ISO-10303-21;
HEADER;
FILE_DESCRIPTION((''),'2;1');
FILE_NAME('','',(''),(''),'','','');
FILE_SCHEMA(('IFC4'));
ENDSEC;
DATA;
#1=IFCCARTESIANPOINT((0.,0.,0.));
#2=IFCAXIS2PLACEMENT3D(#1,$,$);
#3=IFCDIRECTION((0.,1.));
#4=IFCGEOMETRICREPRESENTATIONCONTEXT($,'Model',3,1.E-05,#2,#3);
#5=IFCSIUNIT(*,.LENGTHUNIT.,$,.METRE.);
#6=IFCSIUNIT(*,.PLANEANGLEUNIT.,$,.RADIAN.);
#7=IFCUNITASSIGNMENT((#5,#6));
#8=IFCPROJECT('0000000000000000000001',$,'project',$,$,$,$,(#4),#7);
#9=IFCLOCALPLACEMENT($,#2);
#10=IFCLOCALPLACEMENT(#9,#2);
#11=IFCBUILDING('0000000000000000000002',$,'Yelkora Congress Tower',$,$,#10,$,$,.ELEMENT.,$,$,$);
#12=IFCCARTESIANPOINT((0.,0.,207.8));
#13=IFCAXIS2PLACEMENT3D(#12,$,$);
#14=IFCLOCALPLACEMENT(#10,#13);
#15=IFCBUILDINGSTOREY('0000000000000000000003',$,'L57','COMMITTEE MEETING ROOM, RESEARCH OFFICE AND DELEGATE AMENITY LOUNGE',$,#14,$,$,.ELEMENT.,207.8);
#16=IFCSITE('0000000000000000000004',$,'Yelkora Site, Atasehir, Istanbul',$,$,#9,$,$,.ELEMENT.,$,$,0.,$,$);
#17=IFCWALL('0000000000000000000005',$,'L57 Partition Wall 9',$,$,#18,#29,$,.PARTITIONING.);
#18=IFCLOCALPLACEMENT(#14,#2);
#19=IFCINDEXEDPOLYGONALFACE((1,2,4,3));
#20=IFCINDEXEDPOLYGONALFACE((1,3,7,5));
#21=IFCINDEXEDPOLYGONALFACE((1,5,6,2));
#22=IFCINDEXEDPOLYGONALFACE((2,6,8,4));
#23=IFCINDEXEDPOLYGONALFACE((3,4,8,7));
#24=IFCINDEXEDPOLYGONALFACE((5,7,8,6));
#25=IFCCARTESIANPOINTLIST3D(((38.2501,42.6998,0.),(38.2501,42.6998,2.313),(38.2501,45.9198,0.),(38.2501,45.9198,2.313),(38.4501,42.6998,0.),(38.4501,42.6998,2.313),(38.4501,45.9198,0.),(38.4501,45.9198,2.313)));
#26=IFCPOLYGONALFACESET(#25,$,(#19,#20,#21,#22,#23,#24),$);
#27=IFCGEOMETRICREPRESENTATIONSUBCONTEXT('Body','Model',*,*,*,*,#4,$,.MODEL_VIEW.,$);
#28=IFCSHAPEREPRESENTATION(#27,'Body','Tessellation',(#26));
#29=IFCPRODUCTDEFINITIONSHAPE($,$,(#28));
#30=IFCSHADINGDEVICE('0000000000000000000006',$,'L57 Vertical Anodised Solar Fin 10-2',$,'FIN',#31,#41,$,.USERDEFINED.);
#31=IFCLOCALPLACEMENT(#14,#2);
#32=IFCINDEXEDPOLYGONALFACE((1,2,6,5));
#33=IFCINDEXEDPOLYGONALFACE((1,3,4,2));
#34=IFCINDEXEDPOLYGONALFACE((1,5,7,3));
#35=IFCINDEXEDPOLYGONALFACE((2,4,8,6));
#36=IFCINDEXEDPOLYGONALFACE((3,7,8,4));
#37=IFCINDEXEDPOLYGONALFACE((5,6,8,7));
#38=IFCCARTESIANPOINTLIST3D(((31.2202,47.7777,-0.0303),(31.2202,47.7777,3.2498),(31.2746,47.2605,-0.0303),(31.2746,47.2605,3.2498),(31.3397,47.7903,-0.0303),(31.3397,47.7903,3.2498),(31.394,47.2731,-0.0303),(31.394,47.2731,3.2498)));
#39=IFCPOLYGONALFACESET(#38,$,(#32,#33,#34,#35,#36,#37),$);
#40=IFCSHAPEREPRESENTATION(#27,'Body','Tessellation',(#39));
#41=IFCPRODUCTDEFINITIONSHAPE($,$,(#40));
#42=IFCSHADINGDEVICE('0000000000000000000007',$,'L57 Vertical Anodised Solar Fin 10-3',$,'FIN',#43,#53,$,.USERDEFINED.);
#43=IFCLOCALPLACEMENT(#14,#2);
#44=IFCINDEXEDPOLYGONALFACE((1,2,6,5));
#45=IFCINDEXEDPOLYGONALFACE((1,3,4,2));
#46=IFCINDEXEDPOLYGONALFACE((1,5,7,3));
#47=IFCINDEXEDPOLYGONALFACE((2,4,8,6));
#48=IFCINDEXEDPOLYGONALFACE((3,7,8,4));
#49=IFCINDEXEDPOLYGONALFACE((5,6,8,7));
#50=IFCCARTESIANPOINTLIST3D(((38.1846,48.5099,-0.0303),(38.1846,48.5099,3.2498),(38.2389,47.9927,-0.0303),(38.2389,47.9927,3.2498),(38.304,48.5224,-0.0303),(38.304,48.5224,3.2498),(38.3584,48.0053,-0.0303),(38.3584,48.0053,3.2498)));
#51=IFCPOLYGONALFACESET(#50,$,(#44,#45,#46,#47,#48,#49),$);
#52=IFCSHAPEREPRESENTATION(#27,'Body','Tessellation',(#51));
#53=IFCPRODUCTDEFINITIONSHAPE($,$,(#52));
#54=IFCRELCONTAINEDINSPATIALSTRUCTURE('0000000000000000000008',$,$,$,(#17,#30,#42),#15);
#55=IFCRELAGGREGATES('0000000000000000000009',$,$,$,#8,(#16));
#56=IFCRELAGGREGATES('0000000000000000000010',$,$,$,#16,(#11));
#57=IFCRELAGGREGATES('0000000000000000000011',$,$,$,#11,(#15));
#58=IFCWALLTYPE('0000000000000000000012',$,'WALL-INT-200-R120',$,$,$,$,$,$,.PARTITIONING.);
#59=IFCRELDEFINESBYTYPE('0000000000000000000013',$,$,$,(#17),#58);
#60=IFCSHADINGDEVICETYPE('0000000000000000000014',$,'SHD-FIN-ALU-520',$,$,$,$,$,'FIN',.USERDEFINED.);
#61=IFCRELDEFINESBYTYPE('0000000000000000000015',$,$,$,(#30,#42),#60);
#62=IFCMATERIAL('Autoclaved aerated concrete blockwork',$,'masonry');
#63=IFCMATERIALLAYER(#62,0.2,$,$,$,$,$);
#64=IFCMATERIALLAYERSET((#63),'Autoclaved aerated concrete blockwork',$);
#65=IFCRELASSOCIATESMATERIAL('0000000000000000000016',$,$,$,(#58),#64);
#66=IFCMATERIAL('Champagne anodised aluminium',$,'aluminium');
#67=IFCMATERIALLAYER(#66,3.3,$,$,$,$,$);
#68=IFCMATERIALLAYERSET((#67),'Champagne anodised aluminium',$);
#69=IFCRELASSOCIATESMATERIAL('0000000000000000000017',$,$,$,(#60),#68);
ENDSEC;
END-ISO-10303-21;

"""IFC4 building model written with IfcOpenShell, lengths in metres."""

from ifc_helpers import new_model, si_unit, direction, frame, frame_2d, origin, origin_2d, place, context, subcontext, project, spatial, rectangle, extrude, material, layer, layer_set, type_object, element, save


model = new_model("IFC4")

# Units and contexts
model_context = context("Model", 3, precision=1e-05, world=origin(), true_north=direction((0.0, 1.0)))
body_context = subcontext(model_context, "Body", "Model", "MODEL_VIEW")
ifc_project = project(units=[si_unit("LENGTHUNIT", "METRE"), si_unit("PLANEANGLEUNIT", "RADIAN")], contexts=[model_context])

# Site, building, storey
site_placement = place(None, origin())
site = spatial("IfcSite", under=ifc_project, at=site_placement, Name="Yelkora Site, Atasehir, Istanbul", CompositionType="ELEMENT", RefElevation=0.0)
building_placement = place(site_placement, origin())
building = spatial("IfcBuilding", under=site, at=building_placement, Name="Yelkora Congress Tower", CompositionType="ELEMENT")
storey_placement = place(building_placement, frame((0.0, 0.0, 207.8)))
storey = spatial("IfcBuildingStorey", under=building, at=storey_placement, Name="L57", Description="COMMITTEE MEETING ROOM, RESEARCH OFFICE AND DELEGATE AMENITY LOUNGE", CompositionType="ELEMENT", Elevation=207.8)

# Shared definitions
ifc_material_1 = material(Name="Autoclaved aerated concrete blockwork", Category="masonry")
ifc_layer_1 = layer(ifc_material_1, 0.2)
ifc_layer_set_1 = layer_set([ifc_layer_1], Name="Autoclaved aerated concrete blockwork")
wall_type_1 = type_object("IfcWallType", Name="WALL-INT-200-R120", PredefinedType="PARTITIONING", material=ifc_layer_set_1)

# Wall
wall_1_placement = place(storey_placement, frame((38.3501, 42.7, 0.0), z_axis=(0.0, 0.0, 1.0), x_axis=(0.0, 1.0, 0.0)))
element("IfcWall", 1, at=wall_1_placement, inside=storey, type_object=wall_type_1, Name="L57 Partition Wall 9", PredefinedType="PARTITIONING", context=body_context, shape_type="SweptSolid", body=[
    extrude(rectangle(XDim=3.22, YDim=0.2, at=frame_2d((1.6099, 0.0))), origin(), (0.0, 0.0, 1.0), 2.313),
])

# Shading devices
ifc_material_2 = material(Name="Champagne anodised aluminium", Category="aluminium")
ifc_layer_2 = layer(ifc_material_2, 3.3)
ifc_layer_set_2 = layer_set([ifc_layer_2], Name="Champagne anodised aluminium")
shading_device_type = type_object("IfcShadingDeviceType", Name="SHD-FIN-ALU-520", ElementType="FIN", PredefinedType="USERDEFINED", material=ifc_layer_set_2)
for number, where, z_axis, x_axis, name in (
    (2, (31.3071, 47.5254, -0.0303), (0.0, 0.0, 1.0), (0.994522, 0.104528, 0.0), "L57 Vertical Anodised Solar Fin 10-2"),
    (3, (38.2715, 48.2576, -0.0303), (0.0, 0.0, 1.0), (0.994522, 0.104528, 0.0), "L57 Vertical Anodised Solar Fin 10-3"),
):
    element("IfcShadingDevice", number, at=place(storey_placement, frame(where, z_axis=z_axis, x_axis=x_axis)), inside=storey, type_object=shading_device_type, Name=name, ObjectType="FIN", PredefinedType="USERDEFINED", context=body_context, shape_type="SweptSolid", body=[
        extrude(rectangle(XDim=0.1201, YDim=0.52, at=origin_2d()), origin(), (0.0, 0.0, 1.0), 3.28),
    ])

save(model, "model.ifc")
